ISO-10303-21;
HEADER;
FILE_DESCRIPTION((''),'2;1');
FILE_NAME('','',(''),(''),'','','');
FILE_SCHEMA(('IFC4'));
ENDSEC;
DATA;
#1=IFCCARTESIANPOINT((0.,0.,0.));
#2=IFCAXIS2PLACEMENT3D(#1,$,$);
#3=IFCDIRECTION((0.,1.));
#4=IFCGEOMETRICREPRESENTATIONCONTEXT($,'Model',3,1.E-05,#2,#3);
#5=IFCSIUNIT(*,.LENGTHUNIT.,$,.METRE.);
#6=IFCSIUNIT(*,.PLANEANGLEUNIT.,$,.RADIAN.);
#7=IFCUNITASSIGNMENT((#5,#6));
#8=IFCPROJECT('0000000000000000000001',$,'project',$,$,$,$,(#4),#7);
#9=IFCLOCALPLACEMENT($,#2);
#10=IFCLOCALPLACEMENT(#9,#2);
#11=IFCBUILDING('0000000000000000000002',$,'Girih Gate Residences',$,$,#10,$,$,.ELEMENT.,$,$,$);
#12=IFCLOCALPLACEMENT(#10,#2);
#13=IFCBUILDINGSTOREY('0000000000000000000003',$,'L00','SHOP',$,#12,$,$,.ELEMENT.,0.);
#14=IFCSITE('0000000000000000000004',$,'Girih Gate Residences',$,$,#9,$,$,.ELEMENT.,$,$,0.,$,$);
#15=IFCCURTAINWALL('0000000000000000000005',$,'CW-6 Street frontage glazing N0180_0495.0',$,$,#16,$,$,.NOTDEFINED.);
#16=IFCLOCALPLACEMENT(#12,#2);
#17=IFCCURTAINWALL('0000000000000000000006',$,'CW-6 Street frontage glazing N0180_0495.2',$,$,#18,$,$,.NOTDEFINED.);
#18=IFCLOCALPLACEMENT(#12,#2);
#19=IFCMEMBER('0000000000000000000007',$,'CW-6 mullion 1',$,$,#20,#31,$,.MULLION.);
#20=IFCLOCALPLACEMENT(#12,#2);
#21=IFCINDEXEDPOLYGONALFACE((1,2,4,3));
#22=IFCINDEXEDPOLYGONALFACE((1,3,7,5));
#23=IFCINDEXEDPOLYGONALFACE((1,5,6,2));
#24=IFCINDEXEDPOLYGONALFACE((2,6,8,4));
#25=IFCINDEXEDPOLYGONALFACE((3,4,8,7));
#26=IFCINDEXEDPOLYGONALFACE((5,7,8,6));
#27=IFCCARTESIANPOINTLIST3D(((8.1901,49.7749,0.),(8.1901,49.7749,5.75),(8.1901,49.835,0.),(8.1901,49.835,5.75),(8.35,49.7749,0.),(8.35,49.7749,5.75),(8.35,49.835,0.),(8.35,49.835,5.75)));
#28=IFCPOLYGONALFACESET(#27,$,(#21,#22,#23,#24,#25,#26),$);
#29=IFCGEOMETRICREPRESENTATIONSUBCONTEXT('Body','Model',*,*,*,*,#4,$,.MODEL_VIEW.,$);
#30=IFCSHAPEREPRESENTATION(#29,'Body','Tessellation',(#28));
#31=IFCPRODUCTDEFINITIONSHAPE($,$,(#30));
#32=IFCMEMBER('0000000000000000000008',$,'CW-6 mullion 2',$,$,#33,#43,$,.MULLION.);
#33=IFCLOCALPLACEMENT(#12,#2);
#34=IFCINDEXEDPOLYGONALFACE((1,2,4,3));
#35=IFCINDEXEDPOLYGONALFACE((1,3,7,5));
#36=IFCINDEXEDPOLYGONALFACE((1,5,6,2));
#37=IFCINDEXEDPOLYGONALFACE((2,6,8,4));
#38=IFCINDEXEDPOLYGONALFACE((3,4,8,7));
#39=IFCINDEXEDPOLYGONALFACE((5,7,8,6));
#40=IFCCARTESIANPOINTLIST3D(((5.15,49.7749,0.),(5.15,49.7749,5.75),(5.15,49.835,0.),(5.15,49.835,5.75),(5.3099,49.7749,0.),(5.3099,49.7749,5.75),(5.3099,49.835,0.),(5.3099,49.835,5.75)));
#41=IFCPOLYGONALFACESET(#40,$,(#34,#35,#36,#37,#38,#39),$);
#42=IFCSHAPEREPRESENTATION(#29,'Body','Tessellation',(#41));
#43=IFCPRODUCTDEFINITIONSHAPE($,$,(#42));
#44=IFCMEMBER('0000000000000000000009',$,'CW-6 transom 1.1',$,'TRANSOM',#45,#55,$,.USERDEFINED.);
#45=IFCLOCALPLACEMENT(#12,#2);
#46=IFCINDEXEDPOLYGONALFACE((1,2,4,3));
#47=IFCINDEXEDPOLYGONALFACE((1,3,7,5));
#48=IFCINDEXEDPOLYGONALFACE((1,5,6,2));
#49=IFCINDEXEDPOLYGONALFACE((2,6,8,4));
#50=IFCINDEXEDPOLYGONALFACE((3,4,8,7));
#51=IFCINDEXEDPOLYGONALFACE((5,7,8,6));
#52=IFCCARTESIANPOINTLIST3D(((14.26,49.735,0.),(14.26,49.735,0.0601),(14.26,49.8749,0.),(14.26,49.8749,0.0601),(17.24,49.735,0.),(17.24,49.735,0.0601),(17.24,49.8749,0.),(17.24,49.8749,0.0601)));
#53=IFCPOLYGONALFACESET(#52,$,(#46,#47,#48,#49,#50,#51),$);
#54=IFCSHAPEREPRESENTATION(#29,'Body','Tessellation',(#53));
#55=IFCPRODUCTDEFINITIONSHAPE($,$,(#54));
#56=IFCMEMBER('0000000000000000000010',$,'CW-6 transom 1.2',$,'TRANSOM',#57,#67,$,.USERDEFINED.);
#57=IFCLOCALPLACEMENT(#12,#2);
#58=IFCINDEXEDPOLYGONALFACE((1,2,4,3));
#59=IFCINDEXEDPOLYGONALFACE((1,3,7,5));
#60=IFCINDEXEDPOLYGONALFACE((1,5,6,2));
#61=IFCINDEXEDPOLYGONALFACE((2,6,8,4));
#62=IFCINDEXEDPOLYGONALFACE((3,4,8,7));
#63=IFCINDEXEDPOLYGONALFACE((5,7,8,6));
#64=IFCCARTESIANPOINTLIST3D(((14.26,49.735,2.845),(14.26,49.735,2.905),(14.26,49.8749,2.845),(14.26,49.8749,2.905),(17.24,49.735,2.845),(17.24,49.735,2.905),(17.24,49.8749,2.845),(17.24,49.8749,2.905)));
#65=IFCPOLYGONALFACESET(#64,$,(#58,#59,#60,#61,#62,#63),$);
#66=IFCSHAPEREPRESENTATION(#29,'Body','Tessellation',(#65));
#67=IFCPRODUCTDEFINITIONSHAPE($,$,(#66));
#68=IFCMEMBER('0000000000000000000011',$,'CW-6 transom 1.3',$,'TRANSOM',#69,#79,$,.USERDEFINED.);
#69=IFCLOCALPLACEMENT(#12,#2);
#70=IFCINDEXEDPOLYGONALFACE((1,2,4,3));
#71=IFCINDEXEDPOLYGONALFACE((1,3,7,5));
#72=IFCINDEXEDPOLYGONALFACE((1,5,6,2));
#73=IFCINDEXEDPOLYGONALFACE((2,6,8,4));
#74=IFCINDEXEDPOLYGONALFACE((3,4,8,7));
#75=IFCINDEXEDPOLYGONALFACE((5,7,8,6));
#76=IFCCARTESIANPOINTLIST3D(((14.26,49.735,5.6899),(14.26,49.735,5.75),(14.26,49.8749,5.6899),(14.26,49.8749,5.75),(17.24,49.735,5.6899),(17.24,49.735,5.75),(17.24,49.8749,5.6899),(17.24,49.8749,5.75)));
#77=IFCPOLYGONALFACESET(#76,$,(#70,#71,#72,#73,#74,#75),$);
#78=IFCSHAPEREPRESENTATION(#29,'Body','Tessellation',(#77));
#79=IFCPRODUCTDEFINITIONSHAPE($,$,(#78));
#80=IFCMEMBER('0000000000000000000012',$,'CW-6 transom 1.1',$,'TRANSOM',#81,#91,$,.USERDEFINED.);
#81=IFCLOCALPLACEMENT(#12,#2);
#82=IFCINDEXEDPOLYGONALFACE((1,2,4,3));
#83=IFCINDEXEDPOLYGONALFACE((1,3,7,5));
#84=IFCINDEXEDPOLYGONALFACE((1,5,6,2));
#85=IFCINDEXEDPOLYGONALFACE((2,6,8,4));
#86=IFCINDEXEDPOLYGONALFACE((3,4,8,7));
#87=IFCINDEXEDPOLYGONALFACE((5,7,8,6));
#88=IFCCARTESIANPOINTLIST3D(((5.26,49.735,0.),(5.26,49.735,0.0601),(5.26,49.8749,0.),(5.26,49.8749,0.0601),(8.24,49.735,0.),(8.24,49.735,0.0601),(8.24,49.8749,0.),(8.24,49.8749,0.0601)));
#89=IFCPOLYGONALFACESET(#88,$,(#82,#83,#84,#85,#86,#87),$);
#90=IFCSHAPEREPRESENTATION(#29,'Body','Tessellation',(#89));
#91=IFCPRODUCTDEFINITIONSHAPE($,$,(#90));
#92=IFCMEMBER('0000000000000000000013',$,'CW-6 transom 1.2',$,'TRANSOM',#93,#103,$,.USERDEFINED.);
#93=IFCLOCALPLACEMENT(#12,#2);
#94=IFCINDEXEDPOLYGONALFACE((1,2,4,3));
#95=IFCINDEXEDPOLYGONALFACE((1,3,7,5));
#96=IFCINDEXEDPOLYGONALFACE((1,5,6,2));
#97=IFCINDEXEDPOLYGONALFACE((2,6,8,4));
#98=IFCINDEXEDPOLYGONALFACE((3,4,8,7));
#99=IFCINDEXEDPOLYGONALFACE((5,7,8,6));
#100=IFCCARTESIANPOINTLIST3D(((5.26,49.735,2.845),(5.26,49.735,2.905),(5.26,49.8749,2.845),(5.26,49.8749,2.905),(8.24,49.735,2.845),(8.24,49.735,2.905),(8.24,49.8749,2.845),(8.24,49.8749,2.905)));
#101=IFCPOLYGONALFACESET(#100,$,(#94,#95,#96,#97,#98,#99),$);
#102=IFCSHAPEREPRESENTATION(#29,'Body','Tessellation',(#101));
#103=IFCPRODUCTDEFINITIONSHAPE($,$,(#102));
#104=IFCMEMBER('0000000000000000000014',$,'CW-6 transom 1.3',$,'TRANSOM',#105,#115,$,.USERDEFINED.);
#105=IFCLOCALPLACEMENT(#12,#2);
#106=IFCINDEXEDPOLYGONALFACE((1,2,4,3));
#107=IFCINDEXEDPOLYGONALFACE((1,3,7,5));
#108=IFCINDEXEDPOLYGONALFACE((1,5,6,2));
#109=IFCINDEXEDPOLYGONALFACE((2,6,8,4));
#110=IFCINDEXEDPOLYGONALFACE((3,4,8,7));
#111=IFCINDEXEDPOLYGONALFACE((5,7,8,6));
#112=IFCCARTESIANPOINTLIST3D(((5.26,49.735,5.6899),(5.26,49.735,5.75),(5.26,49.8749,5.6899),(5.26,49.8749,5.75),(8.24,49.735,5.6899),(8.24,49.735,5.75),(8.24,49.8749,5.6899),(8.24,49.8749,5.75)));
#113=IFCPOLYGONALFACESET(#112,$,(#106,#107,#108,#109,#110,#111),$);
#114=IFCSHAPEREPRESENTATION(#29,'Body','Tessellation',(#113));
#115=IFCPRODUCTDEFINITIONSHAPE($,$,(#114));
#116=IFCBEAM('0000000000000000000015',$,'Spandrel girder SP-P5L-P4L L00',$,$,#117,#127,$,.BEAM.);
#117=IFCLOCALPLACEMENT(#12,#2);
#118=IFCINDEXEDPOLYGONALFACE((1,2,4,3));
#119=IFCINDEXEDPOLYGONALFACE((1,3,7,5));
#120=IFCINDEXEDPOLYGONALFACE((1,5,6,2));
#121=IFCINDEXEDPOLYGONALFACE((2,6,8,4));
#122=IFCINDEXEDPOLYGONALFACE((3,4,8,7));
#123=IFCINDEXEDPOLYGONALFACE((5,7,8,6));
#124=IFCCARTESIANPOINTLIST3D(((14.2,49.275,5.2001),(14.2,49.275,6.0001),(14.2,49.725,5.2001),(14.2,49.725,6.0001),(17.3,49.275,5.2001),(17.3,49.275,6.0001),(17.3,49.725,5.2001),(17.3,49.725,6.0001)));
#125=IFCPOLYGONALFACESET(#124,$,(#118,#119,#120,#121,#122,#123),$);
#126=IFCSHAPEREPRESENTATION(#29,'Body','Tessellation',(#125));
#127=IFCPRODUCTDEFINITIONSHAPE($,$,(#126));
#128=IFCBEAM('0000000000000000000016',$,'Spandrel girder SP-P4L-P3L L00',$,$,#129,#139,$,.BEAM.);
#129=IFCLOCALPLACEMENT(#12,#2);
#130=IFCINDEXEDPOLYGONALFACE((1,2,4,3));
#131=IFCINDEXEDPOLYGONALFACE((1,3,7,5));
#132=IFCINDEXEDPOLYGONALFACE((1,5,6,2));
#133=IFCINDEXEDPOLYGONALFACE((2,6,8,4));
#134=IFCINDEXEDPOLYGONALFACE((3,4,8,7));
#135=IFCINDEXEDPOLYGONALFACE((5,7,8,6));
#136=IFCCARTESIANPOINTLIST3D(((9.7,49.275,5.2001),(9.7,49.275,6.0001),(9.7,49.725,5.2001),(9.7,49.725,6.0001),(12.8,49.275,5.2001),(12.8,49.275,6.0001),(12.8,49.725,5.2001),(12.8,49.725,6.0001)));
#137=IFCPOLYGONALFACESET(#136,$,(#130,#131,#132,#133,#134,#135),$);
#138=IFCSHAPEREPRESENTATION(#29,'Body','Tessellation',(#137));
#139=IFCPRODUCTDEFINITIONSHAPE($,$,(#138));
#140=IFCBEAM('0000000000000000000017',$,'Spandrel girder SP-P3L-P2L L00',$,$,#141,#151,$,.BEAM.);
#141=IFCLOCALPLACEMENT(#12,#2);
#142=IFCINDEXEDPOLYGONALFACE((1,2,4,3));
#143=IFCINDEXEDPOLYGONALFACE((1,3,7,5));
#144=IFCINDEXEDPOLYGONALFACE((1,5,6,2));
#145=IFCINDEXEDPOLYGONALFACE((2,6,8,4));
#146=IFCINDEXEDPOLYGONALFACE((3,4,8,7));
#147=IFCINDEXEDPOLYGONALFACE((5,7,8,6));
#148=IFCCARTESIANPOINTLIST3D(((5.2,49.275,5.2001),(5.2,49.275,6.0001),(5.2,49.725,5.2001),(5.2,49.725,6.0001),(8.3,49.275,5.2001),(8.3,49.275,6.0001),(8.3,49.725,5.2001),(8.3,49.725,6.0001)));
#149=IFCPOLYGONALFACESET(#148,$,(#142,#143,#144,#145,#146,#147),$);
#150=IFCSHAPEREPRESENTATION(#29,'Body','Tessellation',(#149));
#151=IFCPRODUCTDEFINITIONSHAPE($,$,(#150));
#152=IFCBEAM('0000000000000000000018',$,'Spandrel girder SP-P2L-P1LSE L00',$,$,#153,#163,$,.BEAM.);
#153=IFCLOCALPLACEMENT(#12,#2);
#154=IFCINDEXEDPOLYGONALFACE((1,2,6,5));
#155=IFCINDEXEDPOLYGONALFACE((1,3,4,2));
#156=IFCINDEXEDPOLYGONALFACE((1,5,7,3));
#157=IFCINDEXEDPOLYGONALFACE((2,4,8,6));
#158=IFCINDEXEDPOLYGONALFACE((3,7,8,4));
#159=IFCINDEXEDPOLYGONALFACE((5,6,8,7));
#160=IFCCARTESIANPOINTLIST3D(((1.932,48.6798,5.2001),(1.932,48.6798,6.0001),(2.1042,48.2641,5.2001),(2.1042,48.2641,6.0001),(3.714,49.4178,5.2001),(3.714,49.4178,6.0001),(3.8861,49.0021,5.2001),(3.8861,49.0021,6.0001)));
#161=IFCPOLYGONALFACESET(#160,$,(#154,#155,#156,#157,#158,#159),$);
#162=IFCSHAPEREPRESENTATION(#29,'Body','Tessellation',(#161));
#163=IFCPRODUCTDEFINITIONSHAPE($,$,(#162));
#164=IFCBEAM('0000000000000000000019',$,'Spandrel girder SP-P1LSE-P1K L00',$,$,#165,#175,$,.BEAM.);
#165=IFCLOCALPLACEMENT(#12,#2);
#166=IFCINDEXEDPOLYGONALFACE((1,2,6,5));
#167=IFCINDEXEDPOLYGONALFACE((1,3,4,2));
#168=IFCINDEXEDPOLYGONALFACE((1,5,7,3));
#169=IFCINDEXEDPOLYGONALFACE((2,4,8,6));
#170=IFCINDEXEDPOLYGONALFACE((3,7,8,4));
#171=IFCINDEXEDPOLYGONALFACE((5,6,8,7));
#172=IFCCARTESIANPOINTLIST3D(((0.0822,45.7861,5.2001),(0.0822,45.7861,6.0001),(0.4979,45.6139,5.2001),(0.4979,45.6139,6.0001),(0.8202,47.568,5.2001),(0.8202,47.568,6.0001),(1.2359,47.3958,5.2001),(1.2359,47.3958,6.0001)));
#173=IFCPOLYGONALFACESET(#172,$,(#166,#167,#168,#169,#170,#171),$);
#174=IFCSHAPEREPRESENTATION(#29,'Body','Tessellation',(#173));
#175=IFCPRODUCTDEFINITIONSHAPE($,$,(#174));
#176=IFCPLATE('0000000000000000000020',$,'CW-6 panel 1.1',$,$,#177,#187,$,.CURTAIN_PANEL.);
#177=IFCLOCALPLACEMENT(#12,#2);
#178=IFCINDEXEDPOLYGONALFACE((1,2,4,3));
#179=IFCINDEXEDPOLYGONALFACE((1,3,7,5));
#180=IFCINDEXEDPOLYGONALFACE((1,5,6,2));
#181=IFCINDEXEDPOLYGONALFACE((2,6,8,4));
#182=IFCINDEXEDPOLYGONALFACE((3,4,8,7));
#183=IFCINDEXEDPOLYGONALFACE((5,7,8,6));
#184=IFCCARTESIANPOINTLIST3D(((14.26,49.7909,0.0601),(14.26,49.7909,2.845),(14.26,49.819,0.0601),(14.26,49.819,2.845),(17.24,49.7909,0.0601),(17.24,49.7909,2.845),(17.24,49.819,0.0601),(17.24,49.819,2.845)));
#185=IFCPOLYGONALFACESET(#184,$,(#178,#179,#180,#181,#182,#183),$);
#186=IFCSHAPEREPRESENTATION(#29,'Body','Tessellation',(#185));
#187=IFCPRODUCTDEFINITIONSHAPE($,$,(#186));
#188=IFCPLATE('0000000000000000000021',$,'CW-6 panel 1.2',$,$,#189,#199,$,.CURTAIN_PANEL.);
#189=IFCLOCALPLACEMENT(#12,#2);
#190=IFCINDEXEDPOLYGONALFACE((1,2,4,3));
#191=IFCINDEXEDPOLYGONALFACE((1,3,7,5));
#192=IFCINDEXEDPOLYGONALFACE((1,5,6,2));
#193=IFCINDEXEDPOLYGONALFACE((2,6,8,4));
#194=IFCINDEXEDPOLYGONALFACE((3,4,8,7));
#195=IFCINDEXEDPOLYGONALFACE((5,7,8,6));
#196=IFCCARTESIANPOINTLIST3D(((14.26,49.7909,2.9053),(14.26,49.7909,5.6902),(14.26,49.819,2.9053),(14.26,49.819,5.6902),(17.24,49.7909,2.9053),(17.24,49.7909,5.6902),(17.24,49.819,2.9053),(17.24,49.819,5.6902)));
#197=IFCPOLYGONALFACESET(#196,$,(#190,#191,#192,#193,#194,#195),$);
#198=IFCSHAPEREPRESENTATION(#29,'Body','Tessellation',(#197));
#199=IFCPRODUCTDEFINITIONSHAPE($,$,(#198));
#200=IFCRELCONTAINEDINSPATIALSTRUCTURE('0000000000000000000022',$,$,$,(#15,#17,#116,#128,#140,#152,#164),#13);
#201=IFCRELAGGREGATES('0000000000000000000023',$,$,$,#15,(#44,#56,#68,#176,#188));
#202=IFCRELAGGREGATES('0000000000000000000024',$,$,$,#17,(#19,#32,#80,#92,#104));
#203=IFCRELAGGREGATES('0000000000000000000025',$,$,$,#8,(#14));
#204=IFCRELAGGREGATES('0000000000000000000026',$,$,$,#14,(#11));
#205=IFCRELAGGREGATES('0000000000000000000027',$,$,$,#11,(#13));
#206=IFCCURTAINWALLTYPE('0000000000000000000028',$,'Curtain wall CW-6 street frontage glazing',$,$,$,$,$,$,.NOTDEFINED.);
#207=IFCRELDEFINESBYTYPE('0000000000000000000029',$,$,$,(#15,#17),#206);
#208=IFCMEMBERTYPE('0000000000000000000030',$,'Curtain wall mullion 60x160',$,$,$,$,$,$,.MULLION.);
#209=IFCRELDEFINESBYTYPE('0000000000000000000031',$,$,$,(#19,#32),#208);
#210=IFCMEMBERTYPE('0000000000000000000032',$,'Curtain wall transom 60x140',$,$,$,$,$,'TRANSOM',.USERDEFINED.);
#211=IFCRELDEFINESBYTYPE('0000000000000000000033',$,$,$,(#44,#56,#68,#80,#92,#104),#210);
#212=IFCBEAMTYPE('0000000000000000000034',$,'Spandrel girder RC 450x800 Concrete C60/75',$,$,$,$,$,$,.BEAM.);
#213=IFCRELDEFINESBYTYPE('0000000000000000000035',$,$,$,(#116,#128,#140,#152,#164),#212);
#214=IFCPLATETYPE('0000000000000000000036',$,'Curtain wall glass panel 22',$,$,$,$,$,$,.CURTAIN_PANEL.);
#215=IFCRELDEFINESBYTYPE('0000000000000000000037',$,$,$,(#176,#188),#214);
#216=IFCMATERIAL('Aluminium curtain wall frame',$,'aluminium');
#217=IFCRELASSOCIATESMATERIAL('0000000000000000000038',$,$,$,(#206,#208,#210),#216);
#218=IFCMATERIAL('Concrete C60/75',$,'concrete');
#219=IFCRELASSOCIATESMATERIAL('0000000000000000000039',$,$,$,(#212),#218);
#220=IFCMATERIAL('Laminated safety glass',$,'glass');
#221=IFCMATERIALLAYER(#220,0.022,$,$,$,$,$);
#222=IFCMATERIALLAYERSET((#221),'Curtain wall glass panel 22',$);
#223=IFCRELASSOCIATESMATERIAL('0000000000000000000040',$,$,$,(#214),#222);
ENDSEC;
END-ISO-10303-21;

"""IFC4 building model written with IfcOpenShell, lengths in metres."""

from ifc_helpers import new_model, si_unit, direction, frame, origin, origin_2d, place, context, subcontext, project, spatial, rectangle, extrude, material, layer, layer_set, material_profile, profile_set, type_object, element, aggregate, save


model = new_model("IFC4")

# Units and contexts
model_context = context("Model", 3, precision=1e-05, world=origin(), true_north=direction((0.0, 1.0)))
body_context = subcontext(model_context, "Body", "Model", "MODEL_VIEW")
ifc_project = project(units=[si_unit("LENGTHUNIT", "METRE"), si_unit("PLANEANGLEUNIT", "RADIAN")], contexts=[model_context])

# Site, building, storey
site_placement = place(None, origin())
site = spatial("IfcSite", under=ifc_project, at=site_placement, Name="Girih Gate Residences", CompositionType="ELEMENT", RefElevation=0.0)
building_placement = place(site_placement, origin())
building = spatial("IfcBuilding", under=site, at=building_placement, Name="Girih Gate Residences", CompositionType="ELEMENT")
storey_placement = place(building_placement, origin())
storey = spatial("IfcBuildingStorey", under=building, at=storey_placement, Name="L00", Description="SHOP", CompositionType="ELEMENT", Elevation=0.0)

# Curtain walls, members
ifc_material_1 = material(Name="Aluminium curtain wall frame", Category="aluminium")
curtain_wall_type = type_object("IfcCurtainWallType", Name="Curtain wall CW-6 street frontage glazing", PredefinedType="NOTDEFINED", material=ifc_material_1)
curtain_wall_1_placement = place(storey_placement, origin())
curtain_wall_1 = element("IfcCurtainWall", 1, at=curtain_wall_1_placement, inside=storey, type_object=curtain_wall_type, Name="CW-6 Street frontage glazing N0180_0495.0", PredefinedType="NOTDEFINED")
ifc_material_profile_1 = material_profile(ifc_material_1, rectangle(XDim=0.0601, YDim=0.1599, at=origin_2d()))
ifc_profile_set_1 = profile_set([ifc_material_profile_1], Name="Aluminium curtain wall frame")
member_type_1 = type_object("IfcMemberType", Name="Curtain wall mullion 60x160", PredefinedType="MULLION", material=ifc_profile_set_1)
curtain_wall_2_placement = place(storey_placement, origin())
curtain_wall_2 = element("IfcCurtainWall", 2, at=curtain_wall_2_placement, inside=storey, type_object=curtain_wall_type, Name="CW-6 Street frontage glazing N0180_0495.2", PredefinedType="NOTDEFINED")
member_1_placement = place(storey_placement, frame((8.27, 49.8049, 0.0), z_axis=(0.0, 0.0, 1.0), x_axis=(0.0, -1.0, 0.0)))
member_1 = element("IfcMember", 3, at=member_1_placement, type_object=member_type_1, Name="CW-6 mullion 1", PredefinedType="MULLION", context=body_context, shape_type="SweptSolid", body=[
    extrude(rectangle(XDim=0.0601, YDim=0.1599, at=origin_2d()), origin(), (0.0, 0.0, 1.0), 5.75),
])
member_2_placement = place(storey_placement, frame((5.23, 49.8049, 0.0), z_axis=(0.0, 0.0, 1.0), x_axis=(0.0, -1.0, 0.0)))
member_2 = element("IfcMember", 4, at=member_2_placement, type_object=member_type_1, Name="CW-6 mullion 2", PredefinedType="MULLION", context=body_context, shape_type="SweptSolid", body=[
    extrude(rectangle(XDim=0.0601, YDim=0.1599, at=origin_2d()), origin(), (0.0, 0.0, 1.0), 5.75),
])

# Members
ifc_material_profile_2 = material_profile(ifc_material_1, rectangle(XDim=0.1399, YDim=0.0601, at=origin_2d()))
ifc_profile_set_2 = profile_set([ifc_material_profile_2], Name="Aluminium curtain wall frame")
member_type_2 = type_object("IfcMemberType", Name="Curtain wall transom 60x140", ElementType="TRANSOM", PredefinedType="USERDEFINED", material=ifc_profile_set_2)
member_3_placement = place(storey_placement, frame((17.24, 49.8049, 0.03), z_axis=(-1.0, 0.0, 0.0), x_axis=(0.0, -1.0, 0.0)))
member_3 = element("IfcMember", 5, at=member_3_placement, type_object=member_type_2, Name="CW-6 transom 1.1", ObjectType="TRANSOM", PredefinedType="USERDEFINED", context=body_context, shape_type="SweptSolid", body=[
    extrude(rectangle(XDim=0.1399, YDim=0.0601, at=origin_2d()), origin(), (0.0, 0.0, 1.0), 2.98),
])
member_4_placement = place(storey_placement, frame((17.24, 49.8049, 2.875), z_axis=(-1.0, 0.0, 0.0), x_axis=(0.0, -1.0, 0.0)))
member_4 = element("IfcMember", 6, at=member_4_placement, type_object=member_type_2, Name="CW-6 transom 1.2", ObjectType="TRANSOM", PredefinedType="USERDEFINED", context=body_context, shape_type="SweptSolid", body=[
    extrude(rectangle(XDim=0.1399, YDim=0.0601, at=origin_2d()), origin(), (0.0, 0.0, 1.0), 2.98),
])
member_5_placement = place(storey_placement, frame((17.24, 49.8049, 5.72), z_axis=(-1.0, 0.0, 0.0), x_axis=(0.0, -1.0, 0.0)))
member_5 = element("IfcMember", 7, at=member_5_placement, type_object=member_type_2, Name="CW-6 transom 1.3", ObjectType="TRANSOM", PredefinedType="USERDEFINED", context=body_context, shape_type="SweptSolid", body=[
    extrude(rectangle(XDim=0.1399, YDim=0.0601, at=origin_2d()), origin(), (0.0, 0.0, 1.0), 2.98),
])
member_6_placement = place(storey_placement, frame((8.24, 49.8049, 0.03), z_axis=(-1.0, 0.0, 0.0), x_axis=(0.0, -1.0, 0.0)))
member_6 = element("IfcMember", 8, at=member_6_placement, type_object=member_type_2, Name="CW-6 transom 1.1", ObjectType="TRANSOM", PredefinedType="USERDEFINED", context=body_context, shape_type="SweptSolid", body=[
    extrude(rectangle(XDim=0.1399, YDim=0.0601, at=origin_2d()), origin(), (0.0, 0.0, 1.0), 2.98),
])
member_7_placement = place(storey_placement, frame((8.24, 49.8049, 2.875), z_axis=(-1.0, 0.0, 0.0), x_axis=(0.0, -1.0, 0.0)))
member_7 = element("IfcMember", 9, at=member_7_placement, type_object=member_type_2, Name="CW-6 transom 1.2", ObjectType="TRANSOM", PredefinedType="USERDEFINED", context=body_context, shape_type="SweptSolid", body=[
    extrude(rectangle(XDim=0.1399, YDim=0.0601, at=origin_2d()), origin(), (0.0, 0.0, 1.0), 2.98),
])
member_8_placement = place(storey_placement, frame((8.24, 49.8049, 5.72), z_axis=(-1.0, 0.0, 0.0), x_axis=(0.0, -1.0, 0.0)))
member_8 = element("IfcMember", 10, at=member_8_placement, type_object=member_type_2, Name="CW-6 transom 1.3", ObjectType="TRANSOM", PredefinedType="USERDEFINED", context=body_context, shape_type="SweptSolid", body=[
    extrude(rectangle(XDim=0.1399, YDim=0.0601, at=origin_2d()), origin(), (0.0, 0.0, 1.0), 2.98),
])

# Beams
ifc_material_2 = material(Name="Concrete C60/75", Category="concrete")
ifc_material_profile_3 = material_profile(ifc_material_2, rectangle(XDim=0.45, YDim=0.8, at=origin_2d()))
ifc_profile_set_3 = profile_set([ifc_material_profile_3], Name="Concrete C60/75")
beam_type = type_object("IfcBeamType", Name="Spandrel girder RC 450x800 Concrete C60/75", PredefinedType="BEAM", material=ifc_profile_set_3)
for number, where, z_axis, x_axis, name in (
    (11, (17.3, 49.5, 5.6001), (-1.0, 0.0, 0.0), (0.0, -1.0, 0.0), "Spandrel girder SP-P5L-P4L L00"),
    (12, (12.8, 49.5, 5.6001), (-1.0, 0.0, 0.0), (0.0, -1.0, 0.0), "Spandrel girder SP-P4L-P3L L00"),
    (13, (8.3, 49.5, 5.6001), (-1.0, 0.0, 0.0), (0.0, -1.0, 0.0), "Spandrel girder SP-P3L-P2L L00"),
):
    element("IfcBeam", number, at=place(storey_placement, frame(where, z_axis=z_axis, x_axis=x_axis)), inside=storey, type_object=beam_type, Name=name, PredefinedType="BEAM", context=body_context, shape_type="SweptSolid", body=[
        extrude(rectangle(XDim=0.45, YDim=0.8, at=origin_2d()), origin(), (0.0, 0.0, 1.0), 3.1001),
    ])
for number, where, z_axis, x_axis, name in (
    (14, (3.8, 49.21, 5.6001), (-0.923895, -0.382646, 0.0), (0.382646, -0.923895, 0.0), "Spandrel girder SP-P2L-P1LSE L00"),
    (15, (1.0281, 47.4819, 5.6001), (-0.382646, -0.923895, 0.0), (0.923895, -0.382646, 0.0), "Spandrel girder SP-P1LSE-P1K L00"),
):
    element("IfcBeam", number, at=place(storey_placement, frame(where, z_axis=z_axis, x_axis=x_axis)), inside=storey, type_object=beam_type, Name=name, PredefinedType="BEAM", context=body_context, shape_type="SweptSolid", body=[
        extrude(rectangle(XDim=0.45, YDim=0.8, at=origin_2d()), origin(), (0.0, 0.0, 1.0), 1.9287),
    ])

# Plates
ifc_material_3 = material(Name="Laminated safety glass", Category="glass")
ifc_layer_1 = layer(ifc_material_3, 0.022)
ifc_layer_set_1 = layer_set([ifc_layer_1], Name="Curtain wall glass panel 22")
plate_type = type_object("IfcPlateType", Name="Curtain wall glass panel 22", PredefinedType="CURTAIN_PANEL", material=ifc_layer_set_1)
plate_1_placement = place(storey_placement, frame((15.75, 49.8049, 0.0601), z_axis=(0.0, 0.0, 1.0), x_axis=(-1.0, 0.0, 0.0)))
plate_1 = element("IfcPlate", 16, at=plate_1_placement, type_object=plate_type, Name="CW-6 panel 1.1", PredefinedType="CURTAIN_PANEL", context=body_context, shape_type="SweptSolid", body=[
    extrude(rectangle(XDim=2.98, YDim=0.0281, at=origin_2d()), origin(), (0.0, 0.0, 1.0), 2.7849),
])
plate_2_placement = place(storey_placement, frame((15.75, 49.8049, 2.9053), z_axis=(0.0, 0.0, 1.0), x_axis=(-1.0, 0.0, 0.0)))
plate_2 = element("IfcPlate", 17, at=plate_2_placement, type_object=plate_type, Name="CW-6 panel 1.2", PredefinedType="CURTAIN_PANEL", context=body_context, shape_type="SweptSolid", body=[
    extrude(rectangle(XDim=2.98, YDim=0.0281, at=origin_2d()), origin(), (0.0, 0.0, 1.0), 2.7849),
])
aggregate(curtain_wall_1, [member_3, member_4, member_5, plate_1, plate_2])
aggregate(curtain_wall_2, [member_1, member_2, member_6, member_7, member_8])

save(model, "model.ifc")
